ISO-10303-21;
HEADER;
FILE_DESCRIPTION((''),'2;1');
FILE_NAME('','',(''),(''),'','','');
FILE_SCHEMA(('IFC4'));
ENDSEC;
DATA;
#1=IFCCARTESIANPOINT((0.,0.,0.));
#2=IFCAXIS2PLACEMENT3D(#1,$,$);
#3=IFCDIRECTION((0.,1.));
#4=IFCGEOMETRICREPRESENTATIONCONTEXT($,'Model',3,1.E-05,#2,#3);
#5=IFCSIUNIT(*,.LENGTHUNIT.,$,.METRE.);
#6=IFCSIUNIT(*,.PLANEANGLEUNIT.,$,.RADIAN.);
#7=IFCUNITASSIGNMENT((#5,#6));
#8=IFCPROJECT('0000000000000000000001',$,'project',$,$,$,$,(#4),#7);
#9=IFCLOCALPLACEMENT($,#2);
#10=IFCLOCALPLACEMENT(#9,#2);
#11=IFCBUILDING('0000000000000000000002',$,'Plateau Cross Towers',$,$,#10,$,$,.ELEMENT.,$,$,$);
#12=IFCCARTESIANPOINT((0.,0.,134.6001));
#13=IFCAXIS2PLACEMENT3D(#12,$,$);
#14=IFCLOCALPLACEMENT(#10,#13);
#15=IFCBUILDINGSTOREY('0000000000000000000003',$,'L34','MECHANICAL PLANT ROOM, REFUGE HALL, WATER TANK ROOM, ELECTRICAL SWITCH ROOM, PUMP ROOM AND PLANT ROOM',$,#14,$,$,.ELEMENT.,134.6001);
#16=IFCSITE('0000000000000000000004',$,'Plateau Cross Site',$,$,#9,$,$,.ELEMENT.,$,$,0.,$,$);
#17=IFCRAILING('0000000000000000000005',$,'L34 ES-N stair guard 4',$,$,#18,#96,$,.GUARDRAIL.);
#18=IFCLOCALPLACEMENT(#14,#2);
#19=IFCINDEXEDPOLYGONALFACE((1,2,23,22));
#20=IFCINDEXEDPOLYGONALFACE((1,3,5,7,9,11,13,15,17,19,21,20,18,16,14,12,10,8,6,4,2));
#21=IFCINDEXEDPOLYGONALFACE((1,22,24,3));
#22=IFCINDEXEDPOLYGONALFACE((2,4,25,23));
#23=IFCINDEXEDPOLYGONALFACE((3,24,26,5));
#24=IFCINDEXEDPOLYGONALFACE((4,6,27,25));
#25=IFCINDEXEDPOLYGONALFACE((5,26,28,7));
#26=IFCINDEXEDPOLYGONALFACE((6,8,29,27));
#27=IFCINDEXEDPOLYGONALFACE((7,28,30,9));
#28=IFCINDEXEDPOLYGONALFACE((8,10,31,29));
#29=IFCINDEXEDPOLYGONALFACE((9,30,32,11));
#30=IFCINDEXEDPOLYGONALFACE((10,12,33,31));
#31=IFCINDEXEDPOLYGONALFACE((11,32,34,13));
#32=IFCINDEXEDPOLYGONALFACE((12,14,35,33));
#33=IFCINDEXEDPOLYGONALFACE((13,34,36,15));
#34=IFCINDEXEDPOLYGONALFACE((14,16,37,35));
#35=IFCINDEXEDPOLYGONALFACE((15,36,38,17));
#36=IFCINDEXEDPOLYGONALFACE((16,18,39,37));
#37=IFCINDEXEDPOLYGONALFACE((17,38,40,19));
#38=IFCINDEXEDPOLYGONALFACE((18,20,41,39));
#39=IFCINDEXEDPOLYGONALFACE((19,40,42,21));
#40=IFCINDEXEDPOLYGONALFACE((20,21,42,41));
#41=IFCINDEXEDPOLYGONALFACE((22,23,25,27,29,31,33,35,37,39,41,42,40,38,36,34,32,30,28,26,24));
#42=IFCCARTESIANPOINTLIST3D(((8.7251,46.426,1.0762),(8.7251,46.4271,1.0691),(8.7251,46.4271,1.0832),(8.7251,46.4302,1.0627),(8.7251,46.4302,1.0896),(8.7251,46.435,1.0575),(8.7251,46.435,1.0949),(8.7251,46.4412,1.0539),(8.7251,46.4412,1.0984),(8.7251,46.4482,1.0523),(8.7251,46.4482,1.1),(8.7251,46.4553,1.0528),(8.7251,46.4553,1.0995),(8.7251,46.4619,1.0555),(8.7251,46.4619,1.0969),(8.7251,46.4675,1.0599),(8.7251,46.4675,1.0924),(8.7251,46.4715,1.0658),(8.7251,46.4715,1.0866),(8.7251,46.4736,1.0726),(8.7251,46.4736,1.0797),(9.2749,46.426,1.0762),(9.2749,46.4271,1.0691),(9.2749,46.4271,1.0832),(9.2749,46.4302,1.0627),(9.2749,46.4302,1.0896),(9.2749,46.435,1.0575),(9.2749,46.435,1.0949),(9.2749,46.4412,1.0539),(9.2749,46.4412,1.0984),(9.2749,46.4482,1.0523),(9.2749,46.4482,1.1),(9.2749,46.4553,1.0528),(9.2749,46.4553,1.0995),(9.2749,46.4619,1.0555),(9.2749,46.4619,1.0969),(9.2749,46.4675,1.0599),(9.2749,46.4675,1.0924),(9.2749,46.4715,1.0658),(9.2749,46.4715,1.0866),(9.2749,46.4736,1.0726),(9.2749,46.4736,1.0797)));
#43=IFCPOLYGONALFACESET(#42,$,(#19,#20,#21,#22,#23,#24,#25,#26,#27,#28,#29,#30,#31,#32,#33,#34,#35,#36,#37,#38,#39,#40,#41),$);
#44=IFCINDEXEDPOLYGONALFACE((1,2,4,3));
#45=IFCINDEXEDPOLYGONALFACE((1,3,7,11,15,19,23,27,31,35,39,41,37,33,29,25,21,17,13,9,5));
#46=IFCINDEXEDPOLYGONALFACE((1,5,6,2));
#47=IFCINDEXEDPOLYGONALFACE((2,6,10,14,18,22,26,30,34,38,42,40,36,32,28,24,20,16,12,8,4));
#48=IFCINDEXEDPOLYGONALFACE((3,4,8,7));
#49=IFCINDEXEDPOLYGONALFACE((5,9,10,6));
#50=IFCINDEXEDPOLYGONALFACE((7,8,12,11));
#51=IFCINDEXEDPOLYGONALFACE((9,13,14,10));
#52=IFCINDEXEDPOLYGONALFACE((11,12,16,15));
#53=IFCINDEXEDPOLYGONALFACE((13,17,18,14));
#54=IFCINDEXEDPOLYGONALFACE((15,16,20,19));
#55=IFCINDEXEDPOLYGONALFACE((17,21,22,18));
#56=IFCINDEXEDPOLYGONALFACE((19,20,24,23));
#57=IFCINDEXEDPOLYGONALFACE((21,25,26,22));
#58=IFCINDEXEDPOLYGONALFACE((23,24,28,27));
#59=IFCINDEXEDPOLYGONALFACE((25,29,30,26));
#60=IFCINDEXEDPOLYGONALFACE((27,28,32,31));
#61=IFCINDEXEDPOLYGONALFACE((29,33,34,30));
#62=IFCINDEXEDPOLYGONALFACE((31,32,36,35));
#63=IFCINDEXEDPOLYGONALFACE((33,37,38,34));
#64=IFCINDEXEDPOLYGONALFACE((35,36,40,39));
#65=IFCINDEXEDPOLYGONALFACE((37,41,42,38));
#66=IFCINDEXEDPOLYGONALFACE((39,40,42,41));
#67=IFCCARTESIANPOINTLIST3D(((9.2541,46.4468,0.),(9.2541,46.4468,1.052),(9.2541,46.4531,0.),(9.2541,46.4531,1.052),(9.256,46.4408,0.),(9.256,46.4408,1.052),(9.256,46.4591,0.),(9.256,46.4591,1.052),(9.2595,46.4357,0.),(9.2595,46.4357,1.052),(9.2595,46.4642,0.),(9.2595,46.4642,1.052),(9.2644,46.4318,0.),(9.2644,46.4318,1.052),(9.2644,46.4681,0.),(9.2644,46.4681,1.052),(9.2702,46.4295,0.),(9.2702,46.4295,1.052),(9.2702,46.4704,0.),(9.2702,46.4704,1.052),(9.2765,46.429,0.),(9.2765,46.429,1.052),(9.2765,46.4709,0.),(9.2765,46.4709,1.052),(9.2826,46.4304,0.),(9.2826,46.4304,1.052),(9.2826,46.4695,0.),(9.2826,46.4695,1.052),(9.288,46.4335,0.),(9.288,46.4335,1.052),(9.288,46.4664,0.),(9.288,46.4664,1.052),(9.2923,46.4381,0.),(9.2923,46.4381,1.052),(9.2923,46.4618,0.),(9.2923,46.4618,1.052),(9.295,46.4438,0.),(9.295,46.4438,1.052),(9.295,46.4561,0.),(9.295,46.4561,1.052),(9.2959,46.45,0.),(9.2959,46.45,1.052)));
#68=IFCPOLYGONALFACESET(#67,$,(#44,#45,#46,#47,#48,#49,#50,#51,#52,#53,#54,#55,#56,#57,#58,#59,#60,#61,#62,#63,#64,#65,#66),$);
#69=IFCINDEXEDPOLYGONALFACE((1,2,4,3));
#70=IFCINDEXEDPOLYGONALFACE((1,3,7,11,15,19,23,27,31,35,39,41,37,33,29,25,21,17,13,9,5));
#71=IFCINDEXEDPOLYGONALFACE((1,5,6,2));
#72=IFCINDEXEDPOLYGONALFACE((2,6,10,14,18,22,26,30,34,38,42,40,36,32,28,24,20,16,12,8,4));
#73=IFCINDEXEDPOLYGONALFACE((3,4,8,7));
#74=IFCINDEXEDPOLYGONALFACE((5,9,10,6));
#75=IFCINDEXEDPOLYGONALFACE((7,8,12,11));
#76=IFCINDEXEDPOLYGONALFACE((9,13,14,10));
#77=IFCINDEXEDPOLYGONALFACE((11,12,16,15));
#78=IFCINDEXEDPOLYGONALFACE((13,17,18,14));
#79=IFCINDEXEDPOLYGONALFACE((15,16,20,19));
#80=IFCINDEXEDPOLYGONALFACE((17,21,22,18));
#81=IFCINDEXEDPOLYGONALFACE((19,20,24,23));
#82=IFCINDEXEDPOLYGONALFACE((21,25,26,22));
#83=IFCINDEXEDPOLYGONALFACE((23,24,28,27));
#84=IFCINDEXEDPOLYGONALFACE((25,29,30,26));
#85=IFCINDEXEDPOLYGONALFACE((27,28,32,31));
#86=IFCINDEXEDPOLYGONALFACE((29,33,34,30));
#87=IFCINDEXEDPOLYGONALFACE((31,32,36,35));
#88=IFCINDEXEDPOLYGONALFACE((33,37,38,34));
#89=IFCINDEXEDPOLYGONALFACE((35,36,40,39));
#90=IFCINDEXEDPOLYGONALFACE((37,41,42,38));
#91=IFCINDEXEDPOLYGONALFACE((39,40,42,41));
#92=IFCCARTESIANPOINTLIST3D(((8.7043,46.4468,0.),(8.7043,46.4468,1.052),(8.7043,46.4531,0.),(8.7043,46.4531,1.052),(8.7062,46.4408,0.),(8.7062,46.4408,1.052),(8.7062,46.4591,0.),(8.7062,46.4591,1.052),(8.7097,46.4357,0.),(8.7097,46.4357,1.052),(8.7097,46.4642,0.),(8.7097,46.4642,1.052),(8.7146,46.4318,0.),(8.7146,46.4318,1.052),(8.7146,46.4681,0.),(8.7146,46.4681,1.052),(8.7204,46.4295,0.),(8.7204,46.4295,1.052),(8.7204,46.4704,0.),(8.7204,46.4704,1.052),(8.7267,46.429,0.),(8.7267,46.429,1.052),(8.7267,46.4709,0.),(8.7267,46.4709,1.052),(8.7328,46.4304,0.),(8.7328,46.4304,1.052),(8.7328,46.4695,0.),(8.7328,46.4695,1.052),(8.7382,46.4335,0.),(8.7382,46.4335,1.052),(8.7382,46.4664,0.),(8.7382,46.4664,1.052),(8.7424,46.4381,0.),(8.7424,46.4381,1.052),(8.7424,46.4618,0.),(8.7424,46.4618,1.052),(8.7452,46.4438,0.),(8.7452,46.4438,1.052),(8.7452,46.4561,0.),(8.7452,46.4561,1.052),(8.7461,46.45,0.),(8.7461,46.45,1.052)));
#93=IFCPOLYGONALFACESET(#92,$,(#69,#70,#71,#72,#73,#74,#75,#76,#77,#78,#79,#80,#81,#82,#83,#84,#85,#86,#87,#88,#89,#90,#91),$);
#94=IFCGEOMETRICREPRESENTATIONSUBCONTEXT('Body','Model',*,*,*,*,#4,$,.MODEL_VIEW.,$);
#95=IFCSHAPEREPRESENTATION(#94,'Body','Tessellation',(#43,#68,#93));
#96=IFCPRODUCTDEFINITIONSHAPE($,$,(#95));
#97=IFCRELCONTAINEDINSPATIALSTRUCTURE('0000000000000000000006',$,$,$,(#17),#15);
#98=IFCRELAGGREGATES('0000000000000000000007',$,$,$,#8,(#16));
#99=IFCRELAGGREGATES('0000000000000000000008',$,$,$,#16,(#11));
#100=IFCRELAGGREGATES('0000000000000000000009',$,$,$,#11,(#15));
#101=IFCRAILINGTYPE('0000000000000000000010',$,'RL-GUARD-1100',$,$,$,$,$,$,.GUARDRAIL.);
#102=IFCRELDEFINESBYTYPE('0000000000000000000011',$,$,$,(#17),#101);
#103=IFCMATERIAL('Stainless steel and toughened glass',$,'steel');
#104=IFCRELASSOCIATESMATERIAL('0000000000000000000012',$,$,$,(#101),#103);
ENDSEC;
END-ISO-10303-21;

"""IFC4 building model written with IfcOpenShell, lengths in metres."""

from ifc_helpers import new_model, si_unit, direction, frame, origin, origin_2d, place, context, subcontext, project, spatial, circle, extrude, material, type_object, element, save


model = new_model("IFC4")

# Units and contexts
model_context = context("Model", 3, precision=1e-05, world=origin(), true_north=direction((0.0, 1.0)))
body_context = subcontext(model_context, "Body", "Model", "MODEL_VIEW")
ifc_project = project(units=[si_unit("LENGTHUNIT", "METRE"), si_unit("PLANEANGLEUNIT", "RADIAN")], contexts=[model_context])

# Site, building, storey
site_placement = place(None, origin())
site = spatial("IfcSite", under=ifc_project, at=site_placement, Name="Plateau Cross Site", CompositionType="ELEMENT", RefElevation=0.0)
building_placement = place(site_placement, origin())
building = spatial("IfcBuilding", under=site, at=building_placement, Name="Plateau Cross Towers", CompositionType="ELEMENT")
storey_placement = place(building_placement, frame((0.0, 0.0, 134.6001)))
storey = spatial("IfcBuildingStorey", under=building, at=storey_placement, Name="L34", Description="MECHANICAL PLANT ROOM, REFUGE HALL, WATER TANK ROOM, ELECTRICAL SWITCH ROOM, PUMP ROOM AND PLANT ROOM", CompositionType="ELEMENT", Elevation=134.6001)

# Railing
ifc_material_1 = material(Name="Stainless steel and toughened glass", Category="steel")
railing_type_1 = type_object("IfcRailingType", Name="RL-GUARD-1100", PredefinedType="GUARDRAIL", material=ifc_material_1)
railing_1_placement = place(storey_placement, frame((9.2749, 46.45, 0.0)))
element("IfcRailing", 1, at=railing_1_placement, inside=storey, type_object=railing_type_1, Name="L34 ES-N stair guard 4", PredefinedType="GUARDRAIL", context=body_context, shape_type="SweptSolid", body=[
    extrude(circle(Radius=0.0239, at=origin_2d()), frame((0.0, 0.0, 1.0762), z_axis=(-1.0, 0.0, 0.0), x_axis=(0.0, -1.0, 0.0)), (0.0, 0.0, 1.0), 0.5498),
    extrude(circle(Radius=0.021, at=origin_2d()), origin(), (0.0, 0.0, 1.0), 1.052),
    extrude(circle(Radius=0.021, at=origin_2d()), frame((-0.5498, 0.0, 0.0)), (0.0, 0.0, 1.0), 1.052),
])

save(model, "model.ifc")
